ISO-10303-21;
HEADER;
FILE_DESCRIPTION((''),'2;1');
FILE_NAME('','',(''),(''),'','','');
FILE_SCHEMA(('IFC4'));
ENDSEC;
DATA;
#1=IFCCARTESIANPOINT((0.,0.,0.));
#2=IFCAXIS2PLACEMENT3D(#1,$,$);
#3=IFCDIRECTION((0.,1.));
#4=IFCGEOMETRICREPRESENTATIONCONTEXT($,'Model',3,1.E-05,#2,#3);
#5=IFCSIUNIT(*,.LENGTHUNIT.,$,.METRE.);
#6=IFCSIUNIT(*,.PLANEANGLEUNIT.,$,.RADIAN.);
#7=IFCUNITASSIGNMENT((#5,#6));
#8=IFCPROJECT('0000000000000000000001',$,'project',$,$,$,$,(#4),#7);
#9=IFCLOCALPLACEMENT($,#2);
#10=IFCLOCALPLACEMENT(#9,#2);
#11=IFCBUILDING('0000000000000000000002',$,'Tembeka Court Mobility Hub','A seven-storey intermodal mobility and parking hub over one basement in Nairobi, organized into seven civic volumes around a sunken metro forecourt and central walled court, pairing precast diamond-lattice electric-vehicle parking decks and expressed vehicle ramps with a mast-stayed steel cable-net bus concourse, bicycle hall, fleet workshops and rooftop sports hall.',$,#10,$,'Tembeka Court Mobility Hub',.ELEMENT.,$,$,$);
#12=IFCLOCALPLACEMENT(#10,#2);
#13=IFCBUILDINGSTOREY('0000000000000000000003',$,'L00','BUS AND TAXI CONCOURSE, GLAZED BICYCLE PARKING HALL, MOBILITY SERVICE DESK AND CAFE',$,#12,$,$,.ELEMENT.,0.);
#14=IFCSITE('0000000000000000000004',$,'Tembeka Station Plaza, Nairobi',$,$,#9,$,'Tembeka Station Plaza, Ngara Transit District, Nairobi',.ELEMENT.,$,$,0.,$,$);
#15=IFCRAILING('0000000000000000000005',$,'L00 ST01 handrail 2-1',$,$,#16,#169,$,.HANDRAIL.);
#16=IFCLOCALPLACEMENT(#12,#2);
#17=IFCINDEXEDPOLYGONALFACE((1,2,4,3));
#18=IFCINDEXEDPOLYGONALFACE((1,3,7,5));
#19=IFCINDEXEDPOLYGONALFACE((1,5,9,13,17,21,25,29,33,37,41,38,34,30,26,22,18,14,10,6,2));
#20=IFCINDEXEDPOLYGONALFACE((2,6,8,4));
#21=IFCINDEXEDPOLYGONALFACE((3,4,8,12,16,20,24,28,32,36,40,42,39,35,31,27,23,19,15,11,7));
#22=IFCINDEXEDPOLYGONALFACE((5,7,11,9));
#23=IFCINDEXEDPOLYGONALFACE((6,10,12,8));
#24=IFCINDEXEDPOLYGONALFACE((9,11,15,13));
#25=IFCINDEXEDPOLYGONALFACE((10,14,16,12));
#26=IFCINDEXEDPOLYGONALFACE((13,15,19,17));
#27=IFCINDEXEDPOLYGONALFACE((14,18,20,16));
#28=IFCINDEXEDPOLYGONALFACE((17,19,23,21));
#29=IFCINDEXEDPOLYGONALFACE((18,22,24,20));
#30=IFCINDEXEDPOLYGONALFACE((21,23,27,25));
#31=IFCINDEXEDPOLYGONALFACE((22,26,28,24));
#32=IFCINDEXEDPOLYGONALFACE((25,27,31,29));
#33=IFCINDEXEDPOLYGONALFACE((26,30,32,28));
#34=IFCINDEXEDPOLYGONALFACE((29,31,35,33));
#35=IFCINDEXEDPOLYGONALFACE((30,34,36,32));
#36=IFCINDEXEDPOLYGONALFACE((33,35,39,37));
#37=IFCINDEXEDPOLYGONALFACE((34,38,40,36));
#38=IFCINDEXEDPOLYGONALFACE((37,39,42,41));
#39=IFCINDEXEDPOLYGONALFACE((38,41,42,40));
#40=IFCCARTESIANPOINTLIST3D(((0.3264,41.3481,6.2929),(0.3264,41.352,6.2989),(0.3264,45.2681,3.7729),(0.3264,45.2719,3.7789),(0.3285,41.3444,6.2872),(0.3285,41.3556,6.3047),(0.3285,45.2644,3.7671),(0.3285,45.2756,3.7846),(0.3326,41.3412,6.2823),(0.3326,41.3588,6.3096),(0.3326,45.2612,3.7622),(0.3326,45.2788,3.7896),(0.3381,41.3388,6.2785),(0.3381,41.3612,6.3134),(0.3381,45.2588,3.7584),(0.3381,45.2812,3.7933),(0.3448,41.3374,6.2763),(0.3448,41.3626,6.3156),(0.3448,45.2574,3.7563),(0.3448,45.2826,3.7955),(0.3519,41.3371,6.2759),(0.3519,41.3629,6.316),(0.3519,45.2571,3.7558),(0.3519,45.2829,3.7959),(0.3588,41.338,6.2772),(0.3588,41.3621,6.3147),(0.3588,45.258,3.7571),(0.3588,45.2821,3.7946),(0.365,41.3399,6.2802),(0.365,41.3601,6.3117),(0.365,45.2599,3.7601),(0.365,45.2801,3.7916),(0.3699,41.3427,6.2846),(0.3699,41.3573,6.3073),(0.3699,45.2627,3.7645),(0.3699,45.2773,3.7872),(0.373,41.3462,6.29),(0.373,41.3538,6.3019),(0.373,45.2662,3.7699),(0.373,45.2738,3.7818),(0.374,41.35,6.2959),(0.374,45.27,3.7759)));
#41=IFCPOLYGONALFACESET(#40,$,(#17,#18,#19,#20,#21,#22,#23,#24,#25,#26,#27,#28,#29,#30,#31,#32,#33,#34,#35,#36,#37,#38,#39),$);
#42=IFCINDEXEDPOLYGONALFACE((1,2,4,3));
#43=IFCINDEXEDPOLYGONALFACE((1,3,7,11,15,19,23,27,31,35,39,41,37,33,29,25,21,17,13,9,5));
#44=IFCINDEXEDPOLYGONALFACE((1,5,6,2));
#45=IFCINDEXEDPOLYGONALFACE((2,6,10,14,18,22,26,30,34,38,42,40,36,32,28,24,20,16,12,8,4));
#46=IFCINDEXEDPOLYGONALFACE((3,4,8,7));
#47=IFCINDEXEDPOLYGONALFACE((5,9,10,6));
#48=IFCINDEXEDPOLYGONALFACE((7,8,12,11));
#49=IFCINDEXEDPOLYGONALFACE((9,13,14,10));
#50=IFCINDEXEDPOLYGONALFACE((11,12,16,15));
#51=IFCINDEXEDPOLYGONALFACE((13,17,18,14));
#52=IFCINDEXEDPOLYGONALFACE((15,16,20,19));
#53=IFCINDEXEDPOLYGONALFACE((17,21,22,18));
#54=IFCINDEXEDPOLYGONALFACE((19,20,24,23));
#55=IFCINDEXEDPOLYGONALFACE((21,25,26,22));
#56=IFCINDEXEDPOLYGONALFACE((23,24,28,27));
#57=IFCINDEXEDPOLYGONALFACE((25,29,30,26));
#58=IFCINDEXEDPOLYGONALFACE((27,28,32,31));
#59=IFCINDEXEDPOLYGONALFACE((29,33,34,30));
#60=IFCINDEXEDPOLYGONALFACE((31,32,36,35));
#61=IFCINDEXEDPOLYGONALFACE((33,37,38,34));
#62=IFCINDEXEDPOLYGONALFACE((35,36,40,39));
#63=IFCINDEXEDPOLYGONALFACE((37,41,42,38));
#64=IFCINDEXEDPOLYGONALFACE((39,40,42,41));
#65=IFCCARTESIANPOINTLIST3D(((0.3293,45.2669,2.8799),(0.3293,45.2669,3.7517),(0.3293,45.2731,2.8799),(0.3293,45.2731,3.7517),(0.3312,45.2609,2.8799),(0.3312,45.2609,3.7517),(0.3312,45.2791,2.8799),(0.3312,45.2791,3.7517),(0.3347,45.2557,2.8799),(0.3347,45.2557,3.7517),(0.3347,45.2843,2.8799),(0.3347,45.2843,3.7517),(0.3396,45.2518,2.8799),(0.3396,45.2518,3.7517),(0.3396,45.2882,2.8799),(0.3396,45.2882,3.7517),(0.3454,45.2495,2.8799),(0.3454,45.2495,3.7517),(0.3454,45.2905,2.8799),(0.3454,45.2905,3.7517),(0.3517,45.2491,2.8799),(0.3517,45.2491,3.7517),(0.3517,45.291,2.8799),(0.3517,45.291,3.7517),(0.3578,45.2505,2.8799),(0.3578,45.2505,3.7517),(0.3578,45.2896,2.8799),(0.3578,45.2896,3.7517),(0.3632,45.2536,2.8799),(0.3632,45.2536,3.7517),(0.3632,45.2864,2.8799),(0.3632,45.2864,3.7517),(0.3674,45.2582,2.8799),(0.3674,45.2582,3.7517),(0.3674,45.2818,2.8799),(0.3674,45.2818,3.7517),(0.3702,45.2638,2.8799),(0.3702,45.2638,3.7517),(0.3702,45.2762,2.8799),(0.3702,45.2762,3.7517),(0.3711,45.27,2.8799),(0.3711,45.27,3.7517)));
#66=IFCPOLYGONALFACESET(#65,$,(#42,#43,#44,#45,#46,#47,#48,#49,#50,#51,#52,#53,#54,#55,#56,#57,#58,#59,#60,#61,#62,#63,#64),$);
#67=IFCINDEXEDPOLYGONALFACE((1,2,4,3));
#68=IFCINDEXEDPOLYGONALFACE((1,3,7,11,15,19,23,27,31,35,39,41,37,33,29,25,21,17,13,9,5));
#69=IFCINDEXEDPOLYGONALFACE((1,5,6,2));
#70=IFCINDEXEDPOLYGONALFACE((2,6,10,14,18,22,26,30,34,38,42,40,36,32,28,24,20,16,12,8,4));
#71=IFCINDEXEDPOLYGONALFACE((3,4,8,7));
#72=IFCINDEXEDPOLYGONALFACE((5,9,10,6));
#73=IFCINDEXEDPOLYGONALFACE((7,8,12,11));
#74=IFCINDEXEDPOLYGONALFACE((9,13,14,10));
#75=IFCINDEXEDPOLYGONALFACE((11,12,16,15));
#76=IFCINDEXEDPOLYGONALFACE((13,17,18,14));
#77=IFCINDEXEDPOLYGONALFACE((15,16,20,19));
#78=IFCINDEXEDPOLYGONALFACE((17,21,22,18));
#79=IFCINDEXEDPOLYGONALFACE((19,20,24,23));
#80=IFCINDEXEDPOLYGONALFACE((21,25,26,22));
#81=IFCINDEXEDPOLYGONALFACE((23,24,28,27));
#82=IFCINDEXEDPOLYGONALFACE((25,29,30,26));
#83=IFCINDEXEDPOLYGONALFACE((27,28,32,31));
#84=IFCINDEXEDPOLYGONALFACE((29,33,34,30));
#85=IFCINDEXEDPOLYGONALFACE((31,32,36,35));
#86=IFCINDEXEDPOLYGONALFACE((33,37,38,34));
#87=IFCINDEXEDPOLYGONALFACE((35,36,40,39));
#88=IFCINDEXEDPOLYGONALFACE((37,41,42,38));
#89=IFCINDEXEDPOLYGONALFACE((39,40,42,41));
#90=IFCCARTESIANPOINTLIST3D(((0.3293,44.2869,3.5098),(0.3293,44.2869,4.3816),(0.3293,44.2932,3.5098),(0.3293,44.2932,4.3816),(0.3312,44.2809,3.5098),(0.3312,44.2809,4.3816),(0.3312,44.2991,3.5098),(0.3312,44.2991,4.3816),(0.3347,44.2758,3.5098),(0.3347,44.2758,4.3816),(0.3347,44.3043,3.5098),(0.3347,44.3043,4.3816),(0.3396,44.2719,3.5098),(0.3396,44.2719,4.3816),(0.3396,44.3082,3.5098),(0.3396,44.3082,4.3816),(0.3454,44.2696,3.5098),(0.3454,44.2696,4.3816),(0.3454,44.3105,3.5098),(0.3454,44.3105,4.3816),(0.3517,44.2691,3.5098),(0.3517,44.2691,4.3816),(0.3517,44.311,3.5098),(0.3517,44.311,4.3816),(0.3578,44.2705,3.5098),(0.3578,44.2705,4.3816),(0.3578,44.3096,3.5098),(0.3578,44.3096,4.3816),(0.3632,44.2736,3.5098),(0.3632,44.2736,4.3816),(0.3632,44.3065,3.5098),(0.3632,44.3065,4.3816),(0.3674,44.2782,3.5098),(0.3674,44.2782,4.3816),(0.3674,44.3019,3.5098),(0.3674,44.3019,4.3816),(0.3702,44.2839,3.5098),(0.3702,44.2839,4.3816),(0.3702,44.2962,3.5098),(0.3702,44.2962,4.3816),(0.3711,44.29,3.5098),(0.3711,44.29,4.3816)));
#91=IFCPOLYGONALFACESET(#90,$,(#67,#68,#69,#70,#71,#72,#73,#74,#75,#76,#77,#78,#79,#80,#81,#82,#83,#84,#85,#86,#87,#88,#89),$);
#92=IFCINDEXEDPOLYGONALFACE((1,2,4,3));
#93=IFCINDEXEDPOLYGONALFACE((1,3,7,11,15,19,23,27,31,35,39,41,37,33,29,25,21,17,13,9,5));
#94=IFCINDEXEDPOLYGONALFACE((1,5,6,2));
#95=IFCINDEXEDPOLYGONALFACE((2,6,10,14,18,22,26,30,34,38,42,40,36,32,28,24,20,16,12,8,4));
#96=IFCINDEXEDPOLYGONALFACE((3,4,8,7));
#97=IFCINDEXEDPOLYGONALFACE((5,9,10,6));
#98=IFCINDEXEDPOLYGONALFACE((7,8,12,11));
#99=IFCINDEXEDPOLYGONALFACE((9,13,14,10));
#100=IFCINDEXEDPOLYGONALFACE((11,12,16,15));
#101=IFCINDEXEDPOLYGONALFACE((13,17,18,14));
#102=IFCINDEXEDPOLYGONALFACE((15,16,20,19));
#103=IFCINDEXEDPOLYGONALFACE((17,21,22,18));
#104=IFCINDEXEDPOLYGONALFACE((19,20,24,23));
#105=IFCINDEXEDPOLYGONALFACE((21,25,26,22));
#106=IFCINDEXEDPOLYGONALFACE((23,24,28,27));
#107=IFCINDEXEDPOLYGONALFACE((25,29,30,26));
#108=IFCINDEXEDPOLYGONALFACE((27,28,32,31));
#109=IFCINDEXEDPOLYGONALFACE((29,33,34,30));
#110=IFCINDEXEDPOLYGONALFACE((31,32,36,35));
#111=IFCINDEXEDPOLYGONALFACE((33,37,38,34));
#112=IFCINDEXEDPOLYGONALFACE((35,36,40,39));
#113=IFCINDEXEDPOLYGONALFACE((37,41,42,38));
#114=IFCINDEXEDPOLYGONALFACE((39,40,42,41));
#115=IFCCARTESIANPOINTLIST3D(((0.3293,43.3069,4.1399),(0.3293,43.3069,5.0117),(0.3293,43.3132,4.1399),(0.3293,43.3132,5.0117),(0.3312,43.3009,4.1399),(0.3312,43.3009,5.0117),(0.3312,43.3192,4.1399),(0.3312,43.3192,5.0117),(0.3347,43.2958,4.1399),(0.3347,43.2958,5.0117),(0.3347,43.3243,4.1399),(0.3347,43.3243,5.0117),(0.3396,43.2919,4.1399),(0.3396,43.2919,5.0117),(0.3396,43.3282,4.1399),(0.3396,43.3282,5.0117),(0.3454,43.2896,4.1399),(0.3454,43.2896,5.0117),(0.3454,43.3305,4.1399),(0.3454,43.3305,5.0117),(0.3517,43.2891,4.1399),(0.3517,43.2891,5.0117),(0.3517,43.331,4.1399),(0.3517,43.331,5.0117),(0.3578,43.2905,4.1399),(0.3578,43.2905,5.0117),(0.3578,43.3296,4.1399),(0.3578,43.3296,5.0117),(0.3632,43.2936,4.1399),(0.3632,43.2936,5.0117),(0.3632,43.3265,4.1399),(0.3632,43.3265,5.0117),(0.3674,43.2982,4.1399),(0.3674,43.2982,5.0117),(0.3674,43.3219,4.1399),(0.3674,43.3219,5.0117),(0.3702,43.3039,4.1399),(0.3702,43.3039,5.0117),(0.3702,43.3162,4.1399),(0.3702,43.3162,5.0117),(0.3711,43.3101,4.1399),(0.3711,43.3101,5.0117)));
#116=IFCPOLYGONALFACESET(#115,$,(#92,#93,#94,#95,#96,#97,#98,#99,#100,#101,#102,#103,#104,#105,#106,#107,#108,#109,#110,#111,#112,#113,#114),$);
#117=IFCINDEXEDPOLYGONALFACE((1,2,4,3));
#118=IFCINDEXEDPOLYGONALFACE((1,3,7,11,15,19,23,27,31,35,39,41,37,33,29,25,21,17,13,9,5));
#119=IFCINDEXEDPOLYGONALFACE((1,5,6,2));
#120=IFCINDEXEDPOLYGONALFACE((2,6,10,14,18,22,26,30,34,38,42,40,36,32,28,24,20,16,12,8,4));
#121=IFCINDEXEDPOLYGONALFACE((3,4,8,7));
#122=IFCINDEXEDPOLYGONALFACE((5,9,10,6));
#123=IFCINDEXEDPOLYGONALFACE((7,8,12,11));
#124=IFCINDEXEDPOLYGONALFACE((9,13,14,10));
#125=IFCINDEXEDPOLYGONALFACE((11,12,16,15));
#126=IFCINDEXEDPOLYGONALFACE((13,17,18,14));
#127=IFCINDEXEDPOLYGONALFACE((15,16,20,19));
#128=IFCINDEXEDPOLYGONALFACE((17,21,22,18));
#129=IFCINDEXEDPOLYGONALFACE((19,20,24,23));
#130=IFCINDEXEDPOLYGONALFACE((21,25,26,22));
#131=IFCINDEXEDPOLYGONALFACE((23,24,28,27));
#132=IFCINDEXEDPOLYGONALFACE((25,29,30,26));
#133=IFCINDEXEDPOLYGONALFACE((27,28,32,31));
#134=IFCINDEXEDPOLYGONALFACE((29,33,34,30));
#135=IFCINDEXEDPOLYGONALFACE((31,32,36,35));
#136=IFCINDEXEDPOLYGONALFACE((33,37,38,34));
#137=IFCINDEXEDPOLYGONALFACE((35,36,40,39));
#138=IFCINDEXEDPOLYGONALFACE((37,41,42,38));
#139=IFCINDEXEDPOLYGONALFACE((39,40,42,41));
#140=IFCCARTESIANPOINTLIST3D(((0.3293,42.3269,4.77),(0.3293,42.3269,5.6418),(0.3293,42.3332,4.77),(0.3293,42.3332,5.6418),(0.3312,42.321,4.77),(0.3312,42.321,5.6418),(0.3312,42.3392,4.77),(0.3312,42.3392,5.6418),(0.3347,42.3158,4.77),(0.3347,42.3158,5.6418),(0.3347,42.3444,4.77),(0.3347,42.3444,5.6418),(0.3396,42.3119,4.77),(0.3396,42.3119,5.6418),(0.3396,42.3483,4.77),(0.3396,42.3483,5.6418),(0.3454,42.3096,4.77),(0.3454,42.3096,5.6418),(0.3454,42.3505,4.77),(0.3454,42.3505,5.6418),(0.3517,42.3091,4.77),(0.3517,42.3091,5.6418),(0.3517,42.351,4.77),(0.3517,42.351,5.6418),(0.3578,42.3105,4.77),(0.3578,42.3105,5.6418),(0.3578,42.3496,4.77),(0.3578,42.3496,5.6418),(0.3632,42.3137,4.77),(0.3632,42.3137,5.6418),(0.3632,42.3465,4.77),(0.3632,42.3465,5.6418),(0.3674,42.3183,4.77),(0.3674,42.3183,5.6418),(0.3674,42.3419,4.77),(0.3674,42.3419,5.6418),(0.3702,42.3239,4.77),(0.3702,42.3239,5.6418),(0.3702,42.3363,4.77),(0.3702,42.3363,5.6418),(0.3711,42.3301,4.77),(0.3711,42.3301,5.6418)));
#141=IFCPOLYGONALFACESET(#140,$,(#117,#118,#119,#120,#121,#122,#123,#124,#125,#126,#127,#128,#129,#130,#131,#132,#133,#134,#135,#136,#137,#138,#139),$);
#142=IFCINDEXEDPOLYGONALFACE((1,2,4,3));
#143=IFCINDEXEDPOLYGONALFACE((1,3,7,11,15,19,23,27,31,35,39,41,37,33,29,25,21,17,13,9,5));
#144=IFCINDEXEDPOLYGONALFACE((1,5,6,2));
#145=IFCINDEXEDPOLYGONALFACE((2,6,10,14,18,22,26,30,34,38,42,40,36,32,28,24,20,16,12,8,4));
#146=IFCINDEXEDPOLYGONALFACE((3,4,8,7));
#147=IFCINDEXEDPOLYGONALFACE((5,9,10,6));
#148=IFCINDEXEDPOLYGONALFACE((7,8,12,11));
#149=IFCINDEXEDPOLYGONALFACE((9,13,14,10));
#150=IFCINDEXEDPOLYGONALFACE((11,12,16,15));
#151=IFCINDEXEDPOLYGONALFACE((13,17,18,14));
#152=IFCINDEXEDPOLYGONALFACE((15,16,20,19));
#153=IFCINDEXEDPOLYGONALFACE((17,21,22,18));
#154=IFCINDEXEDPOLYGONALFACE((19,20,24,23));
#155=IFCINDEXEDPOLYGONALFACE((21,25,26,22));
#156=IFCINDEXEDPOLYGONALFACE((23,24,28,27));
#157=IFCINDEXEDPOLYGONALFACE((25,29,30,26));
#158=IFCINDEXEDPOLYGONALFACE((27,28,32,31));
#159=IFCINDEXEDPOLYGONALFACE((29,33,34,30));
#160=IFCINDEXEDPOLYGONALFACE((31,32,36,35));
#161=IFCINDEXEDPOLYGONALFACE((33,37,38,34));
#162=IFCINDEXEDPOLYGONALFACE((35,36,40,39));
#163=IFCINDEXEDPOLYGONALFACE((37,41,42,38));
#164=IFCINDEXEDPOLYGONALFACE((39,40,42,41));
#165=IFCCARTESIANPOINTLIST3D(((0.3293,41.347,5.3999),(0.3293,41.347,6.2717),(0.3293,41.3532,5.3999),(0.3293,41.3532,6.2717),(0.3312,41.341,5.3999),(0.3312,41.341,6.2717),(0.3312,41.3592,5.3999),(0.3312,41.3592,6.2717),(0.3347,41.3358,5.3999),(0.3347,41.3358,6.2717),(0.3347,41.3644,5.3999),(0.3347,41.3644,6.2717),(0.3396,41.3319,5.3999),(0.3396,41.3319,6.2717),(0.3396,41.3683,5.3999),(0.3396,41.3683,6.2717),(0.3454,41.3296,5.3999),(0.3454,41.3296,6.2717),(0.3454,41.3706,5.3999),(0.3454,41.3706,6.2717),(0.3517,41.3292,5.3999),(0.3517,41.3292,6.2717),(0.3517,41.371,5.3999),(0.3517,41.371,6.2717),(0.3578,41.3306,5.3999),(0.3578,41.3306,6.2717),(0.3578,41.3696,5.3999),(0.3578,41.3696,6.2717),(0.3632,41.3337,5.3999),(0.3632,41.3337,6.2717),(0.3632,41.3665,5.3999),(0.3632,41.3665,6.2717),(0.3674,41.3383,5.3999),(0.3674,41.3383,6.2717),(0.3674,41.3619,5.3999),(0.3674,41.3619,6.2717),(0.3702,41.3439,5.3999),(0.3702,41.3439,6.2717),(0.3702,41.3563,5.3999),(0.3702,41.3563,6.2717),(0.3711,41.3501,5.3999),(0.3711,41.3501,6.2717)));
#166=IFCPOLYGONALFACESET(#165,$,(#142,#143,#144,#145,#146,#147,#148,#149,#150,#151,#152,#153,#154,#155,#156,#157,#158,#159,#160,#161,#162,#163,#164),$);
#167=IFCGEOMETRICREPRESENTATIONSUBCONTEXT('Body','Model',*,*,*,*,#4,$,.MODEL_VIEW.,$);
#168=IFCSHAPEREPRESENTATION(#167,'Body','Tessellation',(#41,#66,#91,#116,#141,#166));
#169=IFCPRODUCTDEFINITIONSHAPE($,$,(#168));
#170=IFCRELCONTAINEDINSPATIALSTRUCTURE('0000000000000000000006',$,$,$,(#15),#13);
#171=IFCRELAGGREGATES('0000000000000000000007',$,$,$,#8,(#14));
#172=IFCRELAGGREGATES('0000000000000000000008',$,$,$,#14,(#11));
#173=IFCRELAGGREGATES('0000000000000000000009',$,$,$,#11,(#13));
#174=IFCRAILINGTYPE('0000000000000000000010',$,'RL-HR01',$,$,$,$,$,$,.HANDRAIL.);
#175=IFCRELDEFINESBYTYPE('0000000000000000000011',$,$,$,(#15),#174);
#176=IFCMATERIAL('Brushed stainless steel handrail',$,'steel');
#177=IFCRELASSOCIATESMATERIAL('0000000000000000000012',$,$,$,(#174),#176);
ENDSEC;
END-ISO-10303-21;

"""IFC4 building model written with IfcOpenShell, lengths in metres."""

from ifc_helpers import new_model, si_unit, direction, frame, origin, origin_2d, place, context, subcontext, project, spatial, circle, extrude, material, type_object, element, save


model = new_model("IFC4")

# Units and contexts
model_context = context("Model", 3, precision=1e-05, world=origin(), true_north=direction((0.0, 1.0)))
body_context = subcontext(model_context, "Body", "Model", "MODEL_VIEW")
ifc_project = project(units=[si_unit("LENGTHUNIT", "METRE"), si_unit("PLANEANGLEUNIT", "RADIAN")], contexts=[model_context])

# Site, building, storey
site_placement = place(None, origin())
site = spatial("IfcSite", under=ifc_project, at=site_placement, Name="Tembeka Station Plaza, Nairobi", LongName="Tembeka Station Plaza, Ngara Transit District, Nairobi", CompositionType="ELEMENT", RefElevation=0.0)
building_placement = place(site_placement, origin())
building = spatial("IfcBuilding", under=site, at=building_placement, Name="Tembeka Court Mobility Hub", Description="A seven-storey intermodal mobility and parking hub over one basement in Nairobi, organized into seven civic volumes around a sunken metro forecourt and central walled court, pairing precast diamond-lattice electric-vehicle parking decks and expressed vehicle ramps with a mast-stayed steel cable-net bus concourse, bicycle hall, fleet workshops and rooftop sports hall.", LongName="Tembeka Court Mobility Hub", CompositionType="ELEMENT")
storey_placement = place(building_placement, origin())
storey = spatial("IfcBuildingStorey", under=building, at=storey_placement, Name="L00", Description="BUS AND TAXI CONCOURSE, GLAZED BICYCLE PARKING HALL, MOBILITY SERVICE DESK AND CAFE", CompositionType="ELEMENT", Elevation=0.0)

# Railing
ifc_material_1 = material(Name="Brushed stainless steel handrail", Category="steel")
railing_type_1 = type_object("IfcRailingType", Name="RL-HR01", PredefinedType="HANDRAIL", material=ifc_material_1)
railing_1_placement = place(storey_placement, frame((0.3501, 45.27, 2.8799)))
element("IfcRailing", 1, at=railing_1_placement, inside=storey, type_object=railing_type_1, Name="L00 ST01 handrail 2-1", PredefinedType="HANDRAIL", context=body_context, shape_type="SweptSolid", body=[
    extrude(circle(Radius=0.0239, at=origin_2d()), frame((0.0, 0.0, 0.896), z_axis=(0.0, -0.841172, 0.540768), x_axis=(1.0, 0.0, 0.0)), (0.0, 0.0, 1.0), 4.6602),
    extrude(circle(Radius=0.021, at=origin_2d()), origin(), (0.0, 0.0, 1.0), 0.8718),
    extrude(circle(Radius=0.021, at=origin_2d()), frame((0.0, -0.98, 0.6299)), (0.0, 0.0, 1.0), 0.8718),
    extrude(circle(Radius=0.021, at=origin_2d()), frame((0.0, -1.96, 1.26)), (0.0, 0.0, 1.0), 0.8718),
    extrude(circle(Radius=0.021, at=origin_2d()), frame((0.0, -2.9399, 1.8901)), (0.0, 0.0, 1.0), 0.8718),
    extrude(circle(Radius=0.021, at=origin_2d()), frame((0.0, -3.9199, 2.52)), (0.0, 0.0, 1.0), 0.8718),
])

save(model, "model.ifc")
